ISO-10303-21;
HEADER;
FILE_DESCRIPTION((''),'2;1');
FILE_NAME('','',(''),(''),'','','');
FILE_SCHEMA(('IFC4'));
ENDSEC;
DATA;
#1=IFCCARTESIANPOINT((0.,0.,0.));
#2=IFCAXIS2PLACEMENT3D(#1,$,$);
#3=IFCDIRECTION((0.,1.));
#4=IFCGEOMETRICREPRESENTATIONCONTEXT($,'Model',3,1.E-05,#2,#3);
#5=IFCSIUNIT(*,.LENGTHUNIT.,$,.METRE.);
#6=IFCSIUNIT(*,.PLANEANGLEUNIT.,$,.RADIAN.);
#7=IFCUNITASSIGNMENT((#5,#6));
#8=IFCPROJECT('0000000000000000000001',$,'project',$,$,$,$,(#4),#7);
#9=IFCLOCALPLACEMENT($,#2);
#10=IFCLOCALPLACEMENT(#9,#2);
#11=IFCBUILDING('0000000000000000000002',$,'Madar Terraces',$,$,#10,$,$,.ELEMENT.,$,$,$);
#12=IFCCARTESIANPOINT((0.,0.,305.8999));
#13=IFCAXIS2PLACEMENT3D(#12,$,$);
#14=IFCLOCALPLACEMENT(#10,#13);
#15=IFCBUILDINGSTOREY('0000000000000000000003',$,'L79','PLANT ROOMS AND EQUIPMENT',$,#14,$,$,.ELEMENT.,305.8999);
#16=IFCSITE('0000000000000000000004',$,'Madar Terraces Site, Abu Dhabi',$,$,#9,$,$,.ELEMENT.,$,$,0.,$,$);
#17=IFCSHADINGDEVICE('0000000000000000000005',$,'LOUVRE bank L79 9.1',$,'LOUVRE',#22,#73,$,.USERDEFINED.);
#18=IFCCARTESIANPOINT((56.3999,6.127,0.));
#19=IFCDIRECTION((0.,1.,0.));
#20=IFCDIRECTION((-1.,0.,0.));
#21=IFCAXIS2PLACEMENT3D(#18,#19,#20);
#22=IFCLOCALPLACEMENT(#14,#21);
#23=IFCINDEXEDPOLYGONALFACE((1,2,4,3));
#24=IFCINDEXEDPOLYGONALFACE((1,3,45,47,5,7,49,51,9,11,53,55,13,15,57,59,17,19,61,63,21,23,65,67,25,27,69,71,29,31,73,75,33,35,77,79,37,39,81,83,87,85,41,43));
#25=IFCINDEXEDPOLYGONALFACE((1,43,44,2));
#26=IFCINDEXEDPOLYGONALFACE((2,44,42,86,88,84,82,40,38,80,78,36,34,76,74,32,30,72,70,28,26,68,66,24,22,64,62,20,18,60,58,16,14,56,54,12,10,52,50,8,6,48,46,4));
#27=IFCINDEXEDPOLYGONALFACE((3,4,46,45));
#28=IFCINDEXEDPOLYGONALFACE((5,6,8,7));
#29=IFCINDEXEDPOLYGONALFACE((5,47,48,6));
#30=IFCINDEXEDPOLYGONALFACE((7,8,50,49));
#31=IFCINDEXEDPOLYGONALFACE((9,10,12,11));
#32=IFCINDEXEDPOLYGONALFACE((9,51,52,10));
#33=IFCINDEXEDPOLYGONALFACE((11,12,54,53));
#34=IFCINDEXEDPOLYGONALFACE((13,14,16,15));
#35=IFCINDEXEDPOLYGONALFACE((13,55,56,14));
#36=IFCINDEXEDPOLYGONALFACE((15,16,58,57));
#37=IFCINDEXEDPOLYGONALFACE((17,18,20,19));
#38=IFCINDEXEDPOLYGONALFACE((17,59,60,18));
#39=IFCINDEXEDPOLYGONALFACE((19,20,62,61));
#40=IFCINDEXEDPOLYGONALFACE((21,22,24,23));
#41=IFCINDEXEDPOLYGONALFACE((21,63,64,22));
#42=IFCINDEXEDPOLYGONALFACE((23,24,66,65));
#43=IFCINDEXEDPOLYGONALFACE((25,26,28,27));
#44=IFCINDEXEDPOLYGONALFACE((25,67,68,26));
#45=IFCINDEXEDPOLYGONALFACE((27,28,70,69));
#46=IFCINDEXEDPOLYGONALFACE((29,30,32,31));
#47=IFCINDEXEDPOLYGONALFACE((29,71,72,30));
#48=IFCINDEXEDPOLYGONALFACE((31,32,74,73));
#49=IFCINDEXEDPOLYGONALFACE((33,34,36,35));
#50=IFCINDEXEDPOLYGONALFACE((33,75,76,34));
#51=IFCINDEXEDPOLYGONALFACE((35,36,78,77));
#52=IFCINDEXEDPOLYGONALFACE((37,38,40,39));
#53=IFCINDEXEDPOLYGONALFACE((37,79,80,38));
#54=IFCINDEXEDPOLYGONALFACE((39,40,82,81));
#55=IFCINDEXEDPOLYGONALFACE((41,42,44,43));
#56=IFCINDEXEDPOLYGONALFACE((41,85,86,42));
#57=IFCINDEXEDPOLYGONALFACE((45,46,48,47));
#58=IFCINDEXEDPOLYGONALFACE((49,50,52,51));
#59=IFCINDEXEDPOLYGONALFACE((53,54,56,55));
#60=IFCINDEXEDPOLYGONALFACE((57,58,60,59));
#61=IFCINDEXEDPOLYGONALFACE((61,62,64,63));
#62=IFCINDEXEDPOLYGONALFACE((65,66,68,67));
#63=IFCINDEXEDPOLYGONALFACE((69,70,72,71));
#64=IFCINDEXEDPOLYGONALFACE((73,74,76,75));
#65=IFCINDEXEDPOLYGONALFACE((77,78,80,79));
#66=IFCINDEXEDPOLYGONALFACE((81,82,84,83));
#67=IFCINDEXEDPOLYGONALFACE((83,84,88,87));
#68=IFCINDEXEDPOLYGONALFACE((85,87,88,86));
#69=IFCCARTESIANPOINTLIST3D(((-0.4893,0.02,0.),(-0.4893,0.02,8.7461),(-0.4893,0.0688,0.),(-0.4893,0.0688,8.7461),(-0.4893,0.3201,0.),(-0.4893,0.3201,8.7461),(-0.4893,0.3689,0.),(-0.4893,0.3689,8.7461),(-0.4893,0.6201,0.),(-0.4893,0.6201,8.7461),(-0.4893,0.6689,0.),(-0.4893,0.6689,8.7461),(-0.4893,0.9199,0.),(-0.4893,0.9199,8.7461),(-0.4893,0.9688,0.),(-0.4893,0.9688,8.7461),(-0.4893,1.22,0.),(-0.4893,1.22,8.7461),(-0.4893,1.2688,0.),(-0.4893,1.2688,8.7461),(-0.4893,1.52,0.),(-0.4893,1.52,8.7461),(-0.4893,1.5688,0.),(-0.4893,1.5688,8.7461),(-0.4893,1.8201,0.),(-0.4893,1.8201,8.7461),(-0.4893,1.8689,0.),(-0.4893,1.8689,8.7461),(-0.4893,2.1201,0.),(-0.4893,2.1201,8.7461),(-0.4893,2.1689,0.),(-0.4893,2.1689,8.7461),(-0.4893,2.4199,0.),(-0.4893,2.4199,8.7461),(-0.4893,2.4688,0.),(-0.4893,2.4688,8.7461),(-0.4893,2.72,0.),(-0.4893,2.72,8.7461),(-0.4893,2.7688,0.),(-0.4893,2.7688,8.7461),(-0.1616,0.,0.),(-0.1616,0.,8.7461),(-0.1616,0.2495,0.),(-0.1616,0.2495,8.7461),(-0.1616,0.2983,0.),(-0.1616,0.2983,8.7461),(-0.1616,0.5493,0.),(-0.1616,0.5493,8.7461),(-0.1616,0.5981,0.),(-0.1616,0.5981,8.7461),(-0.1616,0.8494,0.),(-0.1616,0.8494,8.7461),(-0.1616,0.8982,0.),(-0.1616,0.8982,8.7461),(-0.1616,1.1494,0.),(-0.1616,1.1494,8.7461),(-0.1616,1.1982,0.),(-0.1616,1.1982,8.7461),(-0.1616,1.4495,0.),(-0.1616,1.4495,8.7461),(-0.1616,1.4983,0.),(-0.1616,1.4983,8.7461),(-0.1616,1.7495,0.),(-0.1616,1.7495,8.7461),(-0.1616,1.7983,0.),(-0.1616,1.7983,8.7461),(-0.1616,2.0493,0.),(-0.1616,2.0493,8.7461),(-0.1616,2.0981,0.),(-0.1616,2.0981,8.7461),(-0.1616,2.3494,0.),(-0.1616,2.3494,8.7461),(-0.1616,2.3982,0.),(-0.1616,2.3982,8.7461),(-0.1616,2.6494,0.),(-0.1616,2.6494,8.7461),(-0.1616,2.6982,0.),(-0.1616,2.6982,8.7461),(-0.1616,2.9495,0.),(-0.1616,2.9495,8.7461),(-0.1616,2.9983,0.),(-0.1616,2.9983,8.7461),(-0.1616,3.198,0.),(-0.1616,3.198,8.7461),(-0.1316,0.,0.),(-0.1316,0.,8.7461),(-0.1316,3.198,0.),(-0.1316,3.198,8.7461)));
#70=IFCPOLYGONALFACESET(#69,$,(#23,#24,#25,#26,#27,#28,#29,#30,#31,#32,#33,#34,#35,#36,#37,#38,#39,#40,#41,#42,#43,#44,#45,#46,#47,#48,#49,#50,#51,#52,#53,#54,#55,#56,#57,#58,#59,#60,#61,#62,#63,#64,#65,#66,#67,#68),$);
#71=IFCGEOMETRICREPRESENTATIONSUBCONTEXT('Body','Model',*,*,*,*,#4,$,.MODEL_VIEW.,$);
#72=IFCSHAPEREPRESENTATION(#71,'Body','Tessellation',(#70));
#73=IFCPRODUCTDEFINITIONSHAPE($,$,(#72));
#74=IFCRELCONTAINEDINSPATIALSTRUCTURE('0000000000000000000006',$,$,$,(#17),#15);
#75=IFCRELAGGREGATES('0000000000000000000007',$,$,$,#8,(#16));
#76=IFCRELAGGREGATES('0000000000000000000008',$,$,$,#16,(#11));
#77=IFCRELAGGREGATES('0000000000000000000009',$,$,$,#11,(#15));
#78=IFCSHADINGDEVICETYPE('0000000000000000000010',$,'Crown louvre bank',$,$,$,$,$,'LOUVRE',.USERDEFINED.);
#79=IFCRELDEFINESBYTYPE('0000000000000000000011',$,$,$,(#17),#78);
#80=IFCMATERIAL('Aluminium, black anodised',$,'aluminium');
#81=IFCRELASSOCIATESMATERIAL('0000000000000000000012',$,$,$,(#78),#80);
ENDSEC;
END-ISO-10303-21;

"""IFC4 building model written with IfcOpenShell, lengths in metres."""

from ifc_helpers import new_model, si_unit, direction, frame, origin, place, context, subcontext, project, spatial, polyline, outline, extrude, material, type_object, element, save


model = new_model("IFC4")

# Units and contexts
model_context = context("Model", 3, precision=1e-05, world=origin(), true_north=direction((0.0, 1.0)))
body_context = subcontext(model_context, "Body", "Model", "MODEL_VIEW")
ifc_project = project(units=[si_unit("LENGTHUNIT", "METRE"), si_unit("PLANEANGLEUNIT", "RADIAN")], contexts=[model_context])

# Site, building, storey
site_placement = place(None, origin())
site = spatial("IfcSite", under=ifc_project, at=site_placement, Name="Madar Terraces Site, Abu Dhabi", CompositionType="ELEMENT", RefElevation=0.0)
building_placement = place(site_placement, origin())
building = spatial("IfcBuilding", under=site, at=building_placement, Name="Madar Terraces", CompositionType="ELEMENT")
storey_placement = place(building_placement, frame((0.0, 0.0, 305.8999)))
storey = spatial("IfcBuildingStorey", under=building, at=storey_placement, Name="L79", Description="PLANT ROOMS AND EQUIPMENT", CompositionType="ELEMENT", Elevation=305.8999)

# Shading device
ifc_material_1 = material(Name="Aluminium, black anodised", Category="aluminium")
shading_device_type = type_object("IfcShadingDeviceType", Name="Crown louvre bank", ElementType="LOUVRE", PredefinedType="USERDEFINED", material=ifc_material_1)
shading_device_1_placement = place(storey_placement, frame((56.3999, 6.127, 0.0), z_axis=(0.0, 1.0, 0.0), x_axis=(-1.0, 0.0, 0.0)))
element("IfcShadingDevice", 1, at=shading_device_1_placement, inside=storey, type_object=shading_device_type, Name="LOUVRE bank L79 9.1", ObjectType="LOUVRE", PredefinedType="USERDEFINED", context=body_context, shape_type="SweptSolid", body=[
    extrude(outline(polyline([(-0.1316, 0.0), (-0.1616, 0.0), (-0.1616, 0.2495), (-0.4893, 0.02), (-0.4893, 0.0688), (-0.1616, 0.2983), (-0.1616, 0.5493), (-0.4893, 0.3201), (-0.4893, 0.3689), (-0.1616, 0.5981), (-0.1616, 0.8494), (-0.4893, 0.6201), (-0.4893, 0.6689), (-0.1616, 0.8982), (-0.1616, 1.1494), (-0.4893, 0.9199), (-0.4893, 0.9688), (-0.1616, 1.1982), (-0.1616, 1.4495), (-0.4893, 1.22), (-0.4893, 1.2688), (-0.1616, 1.4983), (-0.1616, 1.7495), (-0.4893, 1.52), (-0.4893, 1.5688), (-0.1616, 1.7983), (-0.1616, 2.0493), (-0.4893, 1.8201), (-0.4893, 1.8689), (-0.1616, 2.0981), (-0.1616, 2.3494), (-0.4893, 2.1201), (-0.4893, 2.1689), (-0.1616, 2.3982), (-0.1616, 2.6494), (-0.4893, 2.4199), (-0.4893, 2.4688), (-0.1616, 2.6982), (-0.1616, 2.9495), (-0.4893, 2.72), (-0.4893, 2.7688), (-0.1616, 2.9983), (-0.1616, 3.198), (-0.1316, 3.198), (-0.1316, 0.0)])), origin(), (0.0, 0.0, 1.0), 8.7461),
])

save(model, "model.ifc")
